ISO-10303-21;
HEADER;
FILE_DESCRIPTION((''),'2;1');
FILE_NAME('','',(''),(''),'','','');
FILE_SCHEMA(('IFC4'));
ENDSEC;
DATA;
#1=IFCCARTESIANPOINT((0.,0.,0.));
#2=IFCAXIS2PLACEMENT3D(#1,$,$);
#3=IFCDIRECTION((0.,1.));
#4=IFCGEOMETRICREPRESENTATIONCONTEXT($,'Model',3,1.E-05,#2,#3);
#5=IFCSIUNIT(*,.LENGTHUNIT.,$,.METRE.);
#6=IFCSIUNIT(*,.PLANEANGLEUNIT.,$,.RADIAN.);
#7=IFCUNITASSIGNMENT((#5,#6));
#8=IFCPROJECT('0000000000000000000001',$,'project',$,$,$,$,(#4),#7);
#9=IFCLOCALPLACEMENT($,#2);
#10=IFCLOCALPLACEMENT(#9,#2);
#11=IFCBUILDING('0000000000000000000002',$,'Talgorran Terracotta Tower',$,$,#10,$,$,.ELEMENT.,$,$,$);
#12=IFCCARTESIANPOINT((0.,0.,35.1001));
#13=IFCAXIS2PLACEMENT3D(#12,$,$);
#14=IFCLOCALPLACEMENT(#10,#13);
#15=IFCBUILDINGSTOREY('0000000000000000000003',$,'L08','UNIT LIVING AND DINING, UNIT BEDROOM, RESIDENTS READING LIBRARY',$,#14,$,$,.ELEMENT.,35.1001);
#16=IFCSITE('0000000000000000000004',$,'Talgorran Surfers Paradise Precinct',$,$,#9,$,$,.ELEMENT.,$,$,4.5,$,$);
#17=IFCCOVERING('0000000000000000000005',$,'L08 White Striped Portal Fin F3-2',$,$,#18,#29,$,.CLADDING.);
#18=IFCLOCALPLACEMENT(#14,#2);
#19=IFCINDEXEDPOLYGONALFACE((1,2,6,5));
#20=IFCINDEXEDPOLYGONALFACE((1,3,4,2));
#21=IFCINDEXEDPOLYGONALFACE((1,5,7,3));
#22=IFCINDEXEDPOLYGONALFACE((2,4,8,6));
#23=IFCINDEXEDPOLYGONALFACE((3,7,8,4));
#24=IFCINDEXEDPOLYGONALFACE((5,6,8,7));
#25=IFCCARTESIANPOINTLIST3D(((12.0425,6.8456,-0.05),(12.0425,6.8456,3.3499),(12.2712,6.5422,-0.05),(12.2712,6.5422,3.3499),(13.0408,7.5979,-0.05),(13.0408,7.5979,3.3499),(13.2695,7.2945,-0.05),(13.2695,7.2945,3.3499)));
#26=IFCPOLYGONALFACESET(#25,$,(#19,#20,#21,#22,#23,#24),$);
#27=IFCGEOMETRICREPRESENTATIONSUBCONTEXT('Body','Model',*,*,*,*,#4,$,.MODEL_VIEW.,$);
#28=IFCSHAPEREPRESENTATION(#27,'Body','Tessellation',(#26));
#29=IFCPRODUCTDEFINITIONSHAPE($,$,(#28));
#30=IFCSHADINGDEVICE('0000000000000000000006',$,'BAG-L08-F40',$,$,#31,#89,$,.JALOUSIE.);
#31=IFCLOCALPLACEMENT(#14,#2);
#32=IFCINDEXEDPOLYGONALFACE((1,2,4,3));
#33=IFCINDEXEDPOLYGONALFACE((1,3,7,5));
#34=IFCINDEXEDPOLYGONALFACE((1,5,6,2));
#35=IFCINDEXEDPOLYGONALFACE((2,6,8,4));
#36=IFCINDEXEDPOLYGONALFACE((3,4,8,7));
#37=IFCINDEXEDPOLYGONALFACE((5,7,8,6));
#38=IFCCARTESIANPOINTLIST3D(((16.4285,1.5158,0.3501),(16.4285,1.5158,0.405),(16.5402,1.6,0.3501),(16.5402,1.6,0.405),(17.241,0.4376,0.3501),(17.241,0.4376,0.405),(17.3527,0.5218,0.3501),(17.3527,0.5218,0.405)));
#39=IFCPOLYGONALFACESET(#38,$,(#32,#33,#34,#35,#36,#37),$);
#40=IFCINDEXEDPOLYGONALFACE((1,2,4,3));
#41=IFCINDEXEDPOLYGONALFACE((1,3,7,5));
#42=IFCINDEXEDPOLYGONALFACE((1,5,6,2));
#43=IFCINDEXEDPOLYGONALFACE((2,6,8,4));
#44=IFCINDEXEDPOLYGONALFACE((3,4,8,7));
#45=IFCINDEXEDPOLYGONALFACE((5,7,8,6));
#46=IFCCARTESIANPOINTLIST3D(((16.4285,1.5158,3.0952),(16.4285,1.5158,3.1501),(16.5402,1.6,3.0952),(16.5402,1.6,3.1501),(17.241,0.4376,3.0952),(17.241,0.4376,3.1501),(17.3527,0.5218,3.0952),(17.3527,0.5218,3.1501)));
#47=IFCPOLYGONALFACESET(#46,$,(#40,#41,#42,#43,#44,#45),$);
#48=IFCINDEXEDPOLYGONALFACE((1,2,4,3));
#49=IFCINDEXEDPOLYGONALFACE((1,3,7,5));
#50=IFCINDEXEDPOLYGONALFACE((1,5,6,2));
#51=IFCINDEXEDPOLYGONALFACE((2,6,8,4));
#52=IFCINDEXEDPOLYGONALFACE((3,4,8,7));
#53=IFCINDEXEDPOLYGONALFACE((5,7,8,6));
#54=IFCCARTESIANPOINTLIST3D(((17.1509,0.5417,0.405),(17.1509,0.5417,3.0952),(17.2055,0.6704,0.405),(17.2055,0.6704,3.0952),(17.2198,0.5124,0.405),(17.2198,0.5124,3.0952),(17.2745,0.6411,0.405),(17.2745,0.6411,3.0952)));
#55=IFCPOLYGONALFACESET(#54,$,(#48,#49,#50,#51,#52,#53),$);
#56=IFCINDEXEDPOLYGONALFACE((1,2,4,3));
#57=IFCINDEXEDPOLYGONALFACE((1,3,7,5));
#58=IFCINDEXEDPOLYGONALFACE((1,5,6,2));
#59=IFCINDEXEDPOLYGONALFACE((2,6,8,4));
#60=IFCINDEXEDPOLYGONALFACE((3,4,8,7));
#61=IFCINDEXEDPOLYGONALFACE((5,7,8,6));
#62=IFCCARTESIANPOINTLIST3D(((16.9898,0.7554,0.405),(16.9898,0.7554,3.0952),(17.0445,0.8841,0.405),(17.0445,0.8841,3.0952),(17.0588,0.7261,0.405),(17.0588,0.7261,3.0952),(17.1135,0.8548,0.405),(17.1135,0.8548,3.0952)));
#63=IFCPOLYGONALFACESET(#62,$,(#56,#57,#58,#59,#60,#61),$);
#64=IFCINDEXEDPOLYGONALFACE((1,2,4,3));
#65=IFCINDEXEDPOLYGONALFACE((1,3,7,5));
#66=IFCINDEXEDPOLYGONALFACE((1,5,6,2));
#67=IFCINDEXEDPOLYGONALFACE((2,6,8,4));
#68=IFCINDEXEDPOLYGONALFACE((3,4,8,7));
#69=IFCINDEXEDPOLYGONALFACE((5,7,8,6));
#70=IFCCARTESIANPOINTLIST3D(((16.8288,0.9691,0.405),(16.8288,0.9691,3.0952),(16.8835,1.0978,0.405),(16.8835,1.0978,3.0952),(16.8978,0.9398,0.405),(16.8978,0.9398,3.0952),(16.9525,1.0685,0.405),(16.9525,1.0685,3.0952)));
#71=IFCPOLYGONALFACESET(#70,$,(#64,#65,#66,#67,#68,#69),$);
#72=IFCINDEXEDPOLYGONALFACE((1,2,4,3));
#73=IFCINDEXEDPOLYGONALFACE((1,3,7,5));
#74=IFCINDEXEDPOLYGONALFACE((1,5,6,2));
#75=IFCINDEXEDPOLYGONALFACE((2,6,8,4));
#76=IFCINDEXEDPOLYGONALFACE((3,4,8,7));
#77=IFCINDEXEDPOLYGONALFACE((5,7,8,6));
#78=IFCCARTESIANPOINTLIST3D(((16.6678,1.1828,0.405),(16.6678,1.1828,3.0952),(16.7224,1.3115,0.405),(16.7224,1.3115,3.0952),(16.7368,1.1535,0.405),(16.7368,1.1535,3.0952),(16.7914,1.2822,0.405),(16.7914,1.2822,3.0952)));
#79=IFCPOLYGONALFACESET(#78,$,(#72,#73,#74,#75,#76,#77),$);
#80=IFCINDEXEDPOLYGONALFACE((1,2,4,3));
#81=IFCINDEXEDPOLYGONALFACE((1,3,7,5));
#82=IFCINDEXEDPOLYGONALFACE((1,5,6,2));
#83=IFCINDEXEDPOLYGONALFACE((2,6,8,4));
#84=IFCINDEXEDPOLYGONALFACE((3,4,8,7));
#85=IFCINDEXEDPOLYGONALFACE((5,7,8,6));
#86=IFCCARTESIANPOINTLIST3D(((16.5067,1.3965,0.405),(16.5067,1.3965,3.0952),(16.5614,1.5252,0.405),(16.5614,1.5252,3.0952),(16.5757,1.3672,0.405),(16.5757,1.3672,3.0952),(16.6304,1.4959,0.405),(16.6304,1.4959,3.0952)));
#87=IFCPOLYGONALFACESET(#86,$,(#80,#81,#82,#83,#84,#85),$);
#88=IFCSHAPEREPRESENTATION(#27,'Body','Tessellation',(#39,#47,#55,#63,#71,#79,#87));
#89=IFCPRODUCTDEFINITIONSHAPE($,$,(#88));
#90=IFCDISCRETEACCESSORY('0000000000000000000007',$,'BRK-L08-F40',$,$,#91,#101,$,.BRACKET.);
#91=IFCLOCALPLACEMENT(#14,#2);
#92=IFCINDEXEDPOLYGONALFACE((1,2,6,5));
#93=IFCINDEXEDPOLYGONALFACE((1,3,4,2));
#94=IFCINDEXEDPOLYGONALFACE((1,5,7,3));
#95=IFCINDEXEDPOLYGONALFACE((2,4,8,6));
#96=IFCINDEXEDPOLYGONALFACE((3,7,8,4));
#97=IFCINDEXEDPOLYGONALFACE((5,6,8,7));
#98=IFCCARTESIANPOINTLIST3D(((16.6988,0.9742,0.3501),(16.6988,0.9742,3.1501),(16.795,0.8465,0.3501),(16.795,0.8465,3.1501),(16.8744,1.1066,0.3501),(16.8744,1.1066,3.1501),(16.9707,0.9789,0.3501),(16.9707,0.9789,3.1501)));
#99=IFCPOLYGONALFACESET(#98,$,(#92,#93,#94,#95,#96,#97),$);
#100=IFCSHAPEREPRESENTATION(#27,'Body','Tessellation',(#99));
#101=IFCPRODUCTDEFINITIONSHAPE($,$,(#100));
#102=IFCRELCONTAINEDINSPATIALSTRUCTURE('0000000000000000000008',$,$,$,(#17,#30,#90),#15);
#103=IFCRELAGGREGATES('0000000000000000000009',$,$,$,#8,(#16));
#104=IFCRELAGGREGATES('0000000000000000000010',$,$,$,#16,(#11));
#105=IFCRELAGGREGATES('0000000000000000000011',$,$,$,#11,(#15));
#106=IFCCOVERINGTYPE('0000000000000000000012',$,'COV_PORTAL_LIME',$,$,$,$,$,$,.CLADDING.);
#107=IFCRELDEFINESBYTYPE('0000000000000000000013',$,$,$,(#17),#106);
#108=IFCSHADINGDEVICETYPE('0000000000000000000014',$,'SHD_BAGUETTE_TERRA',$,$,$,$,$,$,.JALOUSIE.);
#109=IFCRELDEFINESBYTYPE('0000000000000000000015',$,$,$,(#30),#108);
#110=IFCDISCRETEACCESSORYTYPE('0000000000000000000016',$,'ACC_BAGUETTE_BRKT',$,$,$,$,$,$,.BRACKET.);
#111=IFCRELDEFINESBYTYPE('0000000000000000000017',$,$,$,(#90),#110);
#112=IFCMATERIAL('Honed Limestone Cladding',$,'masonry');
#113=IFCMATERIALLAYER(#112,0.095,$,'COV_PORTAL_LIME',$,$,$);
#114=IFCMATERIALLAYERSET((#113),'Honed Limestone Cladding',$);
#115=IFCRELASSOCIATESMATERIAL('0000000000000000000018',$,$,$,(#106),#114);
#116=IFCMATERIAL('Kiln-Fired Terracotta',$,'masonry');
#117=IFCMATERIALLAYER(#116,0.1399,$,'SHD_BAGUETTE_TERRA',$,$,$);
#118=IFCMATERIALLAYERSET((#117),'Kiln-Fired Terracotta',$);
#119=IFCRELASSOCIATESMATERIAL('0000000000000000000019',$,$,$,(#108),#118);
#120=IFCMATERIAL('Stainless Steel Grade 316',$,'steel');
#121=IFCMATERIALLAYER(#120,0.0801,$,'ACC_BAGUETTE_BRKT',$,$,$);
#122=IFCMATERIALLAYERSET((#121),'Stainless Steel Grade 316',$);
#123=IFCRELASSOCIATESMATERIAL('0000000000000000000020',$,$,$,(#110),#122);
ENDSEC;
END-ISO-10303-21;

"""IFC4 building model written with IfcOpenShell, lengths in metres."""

from ifc_helpers import new_model, si_unit, direction, frame, origin, origin_2d, place, context, subcontext, project, spatial, rectangle, extrude, source, transform, mapped, material, layer, layer_set, type_object, type_shapes, element, save


model = new_model("IFC4")

# Units and contexts
model_context = context("Model", 3, precision=1e-05, world=origin(), true_north=direction((0.0, 1.0)))
body_context = subcontext(model_context, "Body", "Model", "MODEL_VIEW")
ifc_project = project(units=[si_unit("LENGTHUNIT", "METRE"), si_unit("PLANEANGLEUNIT", "RADIAN")], contexts=[model_context])

# Site, building, storey
site_placement = place(None, origin())
site = spatial("IfcSite", under=ifc_project, at=site_placement, Name="Talgorran Surfers Paradise Precinct", CompositionType="ELEMENT", RefElevation=4.5)
building_placement = place(site_placement, origin())
building = spatial("IfcBuilding", under=site, at=building_placement, Name="Talgorran Terracotta Tower", CompositionType="ELEMENT")
storey_placement = place(building_placement, frame((0.0, 0.0, 35.1001)))
storey = spatial("IfcBuildingStorey", under=building, at=storey_placement, Name="L08", Description="UNIT LIVING AND DINING, UNIT BEDROOM, RESIDENTS READING LIBRARY", CompositionType="ELEMENT", Elevation=35.1001)

# Covering
ifc_material_1 = material(Name="Honed Limestone Cladding", Category="masonry")
ifc_layer_1 = layer(ifc_material_1, 0.095, Name="COV_PORTAL_LIME")
ifc_layer_set_1 = layer_set([ifc_layer_1], Name="Honed Limestone Cladding")
covering_type_1 = type_object("IfcCoveringType", Name="COV_PORTAL_LIME", PredefinedType="CLADDING", material=ifc_layer_set_1)
covering_1_placement = place(storey_placement, frame((12.656, 7.0701, -0.05), z_axis=(0.0, 0.0, 1.0), x_axis=(-0.601815, 0.798636, 0.0)))
element("IfcCovering", 1, at=covering_1_placement, inside=storey, type_object=covering_type_1, Name="L08 White Striped Portal Fin F3-2", PredefinedType="CLADDING", context=body_context, shape_type="SweptSolid", body=[
    extrude(rectangle(XDim=0.3799, YDim=1.25, at=origin_2d()), origin(), (0.0, 0.0, 1.0), 3.3999),
])

# Shading device
ifc_material_2 = material(Name="Kiln-Fired Terracotta", Category="masonry")
ifc_layer_2 = layer(ifc_material_2, 0.1399, Name="SHD_BAGUETTE_TERRA")
ifc_layer_set_2 = layer_set([ifc_layer_2], Name="Kiln-Fired Terracotta")
shading_device_type = type_object("IfcShadingDeviceType", Name="SHD_BAGUETTE_TERRA", PredefinedType="JALOUSIE", material=ifc_layer_set_2)
shared_shape_1 = source(origin(), body_context, "Body", "SweptSolid", [
    extrude(rectangle(XDim=1.3501, YDim=0.1399, at=origin_2d()), origin(), (0.0, 0.0, 1.0), 0.0549),
    extrude(rectangle(XDim=1.3501, YDim=0.1399, at=origin_2d()), frame((0.0, 0.0, 2.7451)), (0.0, 0.0, 1.0), 0.0549),
    extrude(rectangle(XDim=0.075, YDim=0.1399, at=origin_2d()), frame((-0.5352, 0.0, 0.0549), z_axis=(0.0, 0.0, 1.0), x_axis=(0.866025, 0.5, 0.0)), (0.0, 0.0, 1.0), 2.6902),
    extrude(rectangle(XDim=0.075, YDim=0.1399, at=origin_2d()), frame((-0.2676, 0.0, 0.0549), z_axis=(0.0, 0.0, 1.0), x_axis=(0.866025, 0.5, 0.0)), (0.0, 0.0, 1.0), 2.6902),
    extrude(rectangle(XDim=0.075, YDim=0.1399, at=origin_2d()), frame((0.0, 0.0, 0.0549), z_axis=(0.0, 0.0, 1.0), x_axis=(0.866025, 0.5, 0.0)), (0.0, 0.0, 1.0), 2.6902),
    extrude(rectangle(XDim=0.075, YDim=0.1399, at=origin_2d()), frame((0.2676, 0.0, 0.0549), z_axis=(0.0, 0.0, 1.0), x_axis=(0.866025, 0.5, 0.0)), (0.0, 0.0, 1.0), 2.6902),
    extrude(rectangle(XDim=0.075, YDim=0.1399, at=origin_2d()), frame((0.5352, 0.0, 0.0549), z_axis=(0.0, 0.0, 1.0), x_axis=(0.866025, 0.5, 0.0)), (0.0, 0.0, 1.0), 2.6902),
])
type_shapes(shading_device_type, [shared_shape_1])
shading_device_placement = place(storey_placement, frame((16.8906, 1.0188, 0.3501), z_axis=(0.0, 0.0, 1.0), x_axis=(-0.601801, 0.798646, 0.0)))
element("IfcShadingDevice", 2, at=shading_device_placement, inside=storey, type_object=shading_device_type, Name="BAG-L08-F40", PredefinedType="JALOUSIE", context=body_context, shape_type="MappedRepresentation", body=[
    mapped(shared_shape_1, transform((0.0, 0.0, 0.0), scale=1.0)),
])

# Discrete accessory
ifc_material_3 = material(Name="Stainless Steel Grade 316", Category="steel")
ifc_layer_3 = layer(ifc_material_3, 0.0801, Name="ACC_BAGUETTE_BRKT")
ifc_layer_set_3 = layer_set([ifc_layer_3], Name="Stainless Steel Grade 316")
discrete_accessory_type = type_object("IfcDiscreteAccessoryType", Name="ACC_BAGUETTE_BRKT", PredefinedType="BRACKET", material=ifc_layer_set_3)
shared_shape_2 = source(origin(), body_context, "Body", "SweptSolid", [
    extrude(rectangle(XDim=0.1599, YDim=0.22, at=origin_2d()), origin(), (0.0, 0.0, 1.0), 2.8),
])
type_shapes(discrete_accessory_type, [shared_shape_2])
discrete_accessory_placement = place(storey_placement, frame((16.8347, 0.9766, 0.3501), z_axis=(0.0, 0.0, 1.0), x_axis=(-0.601801, 0.798646, 0.0)))
element("IfcDiscreteAccessory", 3, at=discrete_accessory_placement, inside=storey, type_object=discrete_accessory_type, Name="BRK-L08-F40", PredefinedType="BRACKET", context=body_context, shape_type="MappedRepresentation", body=[
    mapped(shared_shape_2, transform((0.0, 0.0, 0.0), scale=1.0)),
])

save(model, "model.ifc")
